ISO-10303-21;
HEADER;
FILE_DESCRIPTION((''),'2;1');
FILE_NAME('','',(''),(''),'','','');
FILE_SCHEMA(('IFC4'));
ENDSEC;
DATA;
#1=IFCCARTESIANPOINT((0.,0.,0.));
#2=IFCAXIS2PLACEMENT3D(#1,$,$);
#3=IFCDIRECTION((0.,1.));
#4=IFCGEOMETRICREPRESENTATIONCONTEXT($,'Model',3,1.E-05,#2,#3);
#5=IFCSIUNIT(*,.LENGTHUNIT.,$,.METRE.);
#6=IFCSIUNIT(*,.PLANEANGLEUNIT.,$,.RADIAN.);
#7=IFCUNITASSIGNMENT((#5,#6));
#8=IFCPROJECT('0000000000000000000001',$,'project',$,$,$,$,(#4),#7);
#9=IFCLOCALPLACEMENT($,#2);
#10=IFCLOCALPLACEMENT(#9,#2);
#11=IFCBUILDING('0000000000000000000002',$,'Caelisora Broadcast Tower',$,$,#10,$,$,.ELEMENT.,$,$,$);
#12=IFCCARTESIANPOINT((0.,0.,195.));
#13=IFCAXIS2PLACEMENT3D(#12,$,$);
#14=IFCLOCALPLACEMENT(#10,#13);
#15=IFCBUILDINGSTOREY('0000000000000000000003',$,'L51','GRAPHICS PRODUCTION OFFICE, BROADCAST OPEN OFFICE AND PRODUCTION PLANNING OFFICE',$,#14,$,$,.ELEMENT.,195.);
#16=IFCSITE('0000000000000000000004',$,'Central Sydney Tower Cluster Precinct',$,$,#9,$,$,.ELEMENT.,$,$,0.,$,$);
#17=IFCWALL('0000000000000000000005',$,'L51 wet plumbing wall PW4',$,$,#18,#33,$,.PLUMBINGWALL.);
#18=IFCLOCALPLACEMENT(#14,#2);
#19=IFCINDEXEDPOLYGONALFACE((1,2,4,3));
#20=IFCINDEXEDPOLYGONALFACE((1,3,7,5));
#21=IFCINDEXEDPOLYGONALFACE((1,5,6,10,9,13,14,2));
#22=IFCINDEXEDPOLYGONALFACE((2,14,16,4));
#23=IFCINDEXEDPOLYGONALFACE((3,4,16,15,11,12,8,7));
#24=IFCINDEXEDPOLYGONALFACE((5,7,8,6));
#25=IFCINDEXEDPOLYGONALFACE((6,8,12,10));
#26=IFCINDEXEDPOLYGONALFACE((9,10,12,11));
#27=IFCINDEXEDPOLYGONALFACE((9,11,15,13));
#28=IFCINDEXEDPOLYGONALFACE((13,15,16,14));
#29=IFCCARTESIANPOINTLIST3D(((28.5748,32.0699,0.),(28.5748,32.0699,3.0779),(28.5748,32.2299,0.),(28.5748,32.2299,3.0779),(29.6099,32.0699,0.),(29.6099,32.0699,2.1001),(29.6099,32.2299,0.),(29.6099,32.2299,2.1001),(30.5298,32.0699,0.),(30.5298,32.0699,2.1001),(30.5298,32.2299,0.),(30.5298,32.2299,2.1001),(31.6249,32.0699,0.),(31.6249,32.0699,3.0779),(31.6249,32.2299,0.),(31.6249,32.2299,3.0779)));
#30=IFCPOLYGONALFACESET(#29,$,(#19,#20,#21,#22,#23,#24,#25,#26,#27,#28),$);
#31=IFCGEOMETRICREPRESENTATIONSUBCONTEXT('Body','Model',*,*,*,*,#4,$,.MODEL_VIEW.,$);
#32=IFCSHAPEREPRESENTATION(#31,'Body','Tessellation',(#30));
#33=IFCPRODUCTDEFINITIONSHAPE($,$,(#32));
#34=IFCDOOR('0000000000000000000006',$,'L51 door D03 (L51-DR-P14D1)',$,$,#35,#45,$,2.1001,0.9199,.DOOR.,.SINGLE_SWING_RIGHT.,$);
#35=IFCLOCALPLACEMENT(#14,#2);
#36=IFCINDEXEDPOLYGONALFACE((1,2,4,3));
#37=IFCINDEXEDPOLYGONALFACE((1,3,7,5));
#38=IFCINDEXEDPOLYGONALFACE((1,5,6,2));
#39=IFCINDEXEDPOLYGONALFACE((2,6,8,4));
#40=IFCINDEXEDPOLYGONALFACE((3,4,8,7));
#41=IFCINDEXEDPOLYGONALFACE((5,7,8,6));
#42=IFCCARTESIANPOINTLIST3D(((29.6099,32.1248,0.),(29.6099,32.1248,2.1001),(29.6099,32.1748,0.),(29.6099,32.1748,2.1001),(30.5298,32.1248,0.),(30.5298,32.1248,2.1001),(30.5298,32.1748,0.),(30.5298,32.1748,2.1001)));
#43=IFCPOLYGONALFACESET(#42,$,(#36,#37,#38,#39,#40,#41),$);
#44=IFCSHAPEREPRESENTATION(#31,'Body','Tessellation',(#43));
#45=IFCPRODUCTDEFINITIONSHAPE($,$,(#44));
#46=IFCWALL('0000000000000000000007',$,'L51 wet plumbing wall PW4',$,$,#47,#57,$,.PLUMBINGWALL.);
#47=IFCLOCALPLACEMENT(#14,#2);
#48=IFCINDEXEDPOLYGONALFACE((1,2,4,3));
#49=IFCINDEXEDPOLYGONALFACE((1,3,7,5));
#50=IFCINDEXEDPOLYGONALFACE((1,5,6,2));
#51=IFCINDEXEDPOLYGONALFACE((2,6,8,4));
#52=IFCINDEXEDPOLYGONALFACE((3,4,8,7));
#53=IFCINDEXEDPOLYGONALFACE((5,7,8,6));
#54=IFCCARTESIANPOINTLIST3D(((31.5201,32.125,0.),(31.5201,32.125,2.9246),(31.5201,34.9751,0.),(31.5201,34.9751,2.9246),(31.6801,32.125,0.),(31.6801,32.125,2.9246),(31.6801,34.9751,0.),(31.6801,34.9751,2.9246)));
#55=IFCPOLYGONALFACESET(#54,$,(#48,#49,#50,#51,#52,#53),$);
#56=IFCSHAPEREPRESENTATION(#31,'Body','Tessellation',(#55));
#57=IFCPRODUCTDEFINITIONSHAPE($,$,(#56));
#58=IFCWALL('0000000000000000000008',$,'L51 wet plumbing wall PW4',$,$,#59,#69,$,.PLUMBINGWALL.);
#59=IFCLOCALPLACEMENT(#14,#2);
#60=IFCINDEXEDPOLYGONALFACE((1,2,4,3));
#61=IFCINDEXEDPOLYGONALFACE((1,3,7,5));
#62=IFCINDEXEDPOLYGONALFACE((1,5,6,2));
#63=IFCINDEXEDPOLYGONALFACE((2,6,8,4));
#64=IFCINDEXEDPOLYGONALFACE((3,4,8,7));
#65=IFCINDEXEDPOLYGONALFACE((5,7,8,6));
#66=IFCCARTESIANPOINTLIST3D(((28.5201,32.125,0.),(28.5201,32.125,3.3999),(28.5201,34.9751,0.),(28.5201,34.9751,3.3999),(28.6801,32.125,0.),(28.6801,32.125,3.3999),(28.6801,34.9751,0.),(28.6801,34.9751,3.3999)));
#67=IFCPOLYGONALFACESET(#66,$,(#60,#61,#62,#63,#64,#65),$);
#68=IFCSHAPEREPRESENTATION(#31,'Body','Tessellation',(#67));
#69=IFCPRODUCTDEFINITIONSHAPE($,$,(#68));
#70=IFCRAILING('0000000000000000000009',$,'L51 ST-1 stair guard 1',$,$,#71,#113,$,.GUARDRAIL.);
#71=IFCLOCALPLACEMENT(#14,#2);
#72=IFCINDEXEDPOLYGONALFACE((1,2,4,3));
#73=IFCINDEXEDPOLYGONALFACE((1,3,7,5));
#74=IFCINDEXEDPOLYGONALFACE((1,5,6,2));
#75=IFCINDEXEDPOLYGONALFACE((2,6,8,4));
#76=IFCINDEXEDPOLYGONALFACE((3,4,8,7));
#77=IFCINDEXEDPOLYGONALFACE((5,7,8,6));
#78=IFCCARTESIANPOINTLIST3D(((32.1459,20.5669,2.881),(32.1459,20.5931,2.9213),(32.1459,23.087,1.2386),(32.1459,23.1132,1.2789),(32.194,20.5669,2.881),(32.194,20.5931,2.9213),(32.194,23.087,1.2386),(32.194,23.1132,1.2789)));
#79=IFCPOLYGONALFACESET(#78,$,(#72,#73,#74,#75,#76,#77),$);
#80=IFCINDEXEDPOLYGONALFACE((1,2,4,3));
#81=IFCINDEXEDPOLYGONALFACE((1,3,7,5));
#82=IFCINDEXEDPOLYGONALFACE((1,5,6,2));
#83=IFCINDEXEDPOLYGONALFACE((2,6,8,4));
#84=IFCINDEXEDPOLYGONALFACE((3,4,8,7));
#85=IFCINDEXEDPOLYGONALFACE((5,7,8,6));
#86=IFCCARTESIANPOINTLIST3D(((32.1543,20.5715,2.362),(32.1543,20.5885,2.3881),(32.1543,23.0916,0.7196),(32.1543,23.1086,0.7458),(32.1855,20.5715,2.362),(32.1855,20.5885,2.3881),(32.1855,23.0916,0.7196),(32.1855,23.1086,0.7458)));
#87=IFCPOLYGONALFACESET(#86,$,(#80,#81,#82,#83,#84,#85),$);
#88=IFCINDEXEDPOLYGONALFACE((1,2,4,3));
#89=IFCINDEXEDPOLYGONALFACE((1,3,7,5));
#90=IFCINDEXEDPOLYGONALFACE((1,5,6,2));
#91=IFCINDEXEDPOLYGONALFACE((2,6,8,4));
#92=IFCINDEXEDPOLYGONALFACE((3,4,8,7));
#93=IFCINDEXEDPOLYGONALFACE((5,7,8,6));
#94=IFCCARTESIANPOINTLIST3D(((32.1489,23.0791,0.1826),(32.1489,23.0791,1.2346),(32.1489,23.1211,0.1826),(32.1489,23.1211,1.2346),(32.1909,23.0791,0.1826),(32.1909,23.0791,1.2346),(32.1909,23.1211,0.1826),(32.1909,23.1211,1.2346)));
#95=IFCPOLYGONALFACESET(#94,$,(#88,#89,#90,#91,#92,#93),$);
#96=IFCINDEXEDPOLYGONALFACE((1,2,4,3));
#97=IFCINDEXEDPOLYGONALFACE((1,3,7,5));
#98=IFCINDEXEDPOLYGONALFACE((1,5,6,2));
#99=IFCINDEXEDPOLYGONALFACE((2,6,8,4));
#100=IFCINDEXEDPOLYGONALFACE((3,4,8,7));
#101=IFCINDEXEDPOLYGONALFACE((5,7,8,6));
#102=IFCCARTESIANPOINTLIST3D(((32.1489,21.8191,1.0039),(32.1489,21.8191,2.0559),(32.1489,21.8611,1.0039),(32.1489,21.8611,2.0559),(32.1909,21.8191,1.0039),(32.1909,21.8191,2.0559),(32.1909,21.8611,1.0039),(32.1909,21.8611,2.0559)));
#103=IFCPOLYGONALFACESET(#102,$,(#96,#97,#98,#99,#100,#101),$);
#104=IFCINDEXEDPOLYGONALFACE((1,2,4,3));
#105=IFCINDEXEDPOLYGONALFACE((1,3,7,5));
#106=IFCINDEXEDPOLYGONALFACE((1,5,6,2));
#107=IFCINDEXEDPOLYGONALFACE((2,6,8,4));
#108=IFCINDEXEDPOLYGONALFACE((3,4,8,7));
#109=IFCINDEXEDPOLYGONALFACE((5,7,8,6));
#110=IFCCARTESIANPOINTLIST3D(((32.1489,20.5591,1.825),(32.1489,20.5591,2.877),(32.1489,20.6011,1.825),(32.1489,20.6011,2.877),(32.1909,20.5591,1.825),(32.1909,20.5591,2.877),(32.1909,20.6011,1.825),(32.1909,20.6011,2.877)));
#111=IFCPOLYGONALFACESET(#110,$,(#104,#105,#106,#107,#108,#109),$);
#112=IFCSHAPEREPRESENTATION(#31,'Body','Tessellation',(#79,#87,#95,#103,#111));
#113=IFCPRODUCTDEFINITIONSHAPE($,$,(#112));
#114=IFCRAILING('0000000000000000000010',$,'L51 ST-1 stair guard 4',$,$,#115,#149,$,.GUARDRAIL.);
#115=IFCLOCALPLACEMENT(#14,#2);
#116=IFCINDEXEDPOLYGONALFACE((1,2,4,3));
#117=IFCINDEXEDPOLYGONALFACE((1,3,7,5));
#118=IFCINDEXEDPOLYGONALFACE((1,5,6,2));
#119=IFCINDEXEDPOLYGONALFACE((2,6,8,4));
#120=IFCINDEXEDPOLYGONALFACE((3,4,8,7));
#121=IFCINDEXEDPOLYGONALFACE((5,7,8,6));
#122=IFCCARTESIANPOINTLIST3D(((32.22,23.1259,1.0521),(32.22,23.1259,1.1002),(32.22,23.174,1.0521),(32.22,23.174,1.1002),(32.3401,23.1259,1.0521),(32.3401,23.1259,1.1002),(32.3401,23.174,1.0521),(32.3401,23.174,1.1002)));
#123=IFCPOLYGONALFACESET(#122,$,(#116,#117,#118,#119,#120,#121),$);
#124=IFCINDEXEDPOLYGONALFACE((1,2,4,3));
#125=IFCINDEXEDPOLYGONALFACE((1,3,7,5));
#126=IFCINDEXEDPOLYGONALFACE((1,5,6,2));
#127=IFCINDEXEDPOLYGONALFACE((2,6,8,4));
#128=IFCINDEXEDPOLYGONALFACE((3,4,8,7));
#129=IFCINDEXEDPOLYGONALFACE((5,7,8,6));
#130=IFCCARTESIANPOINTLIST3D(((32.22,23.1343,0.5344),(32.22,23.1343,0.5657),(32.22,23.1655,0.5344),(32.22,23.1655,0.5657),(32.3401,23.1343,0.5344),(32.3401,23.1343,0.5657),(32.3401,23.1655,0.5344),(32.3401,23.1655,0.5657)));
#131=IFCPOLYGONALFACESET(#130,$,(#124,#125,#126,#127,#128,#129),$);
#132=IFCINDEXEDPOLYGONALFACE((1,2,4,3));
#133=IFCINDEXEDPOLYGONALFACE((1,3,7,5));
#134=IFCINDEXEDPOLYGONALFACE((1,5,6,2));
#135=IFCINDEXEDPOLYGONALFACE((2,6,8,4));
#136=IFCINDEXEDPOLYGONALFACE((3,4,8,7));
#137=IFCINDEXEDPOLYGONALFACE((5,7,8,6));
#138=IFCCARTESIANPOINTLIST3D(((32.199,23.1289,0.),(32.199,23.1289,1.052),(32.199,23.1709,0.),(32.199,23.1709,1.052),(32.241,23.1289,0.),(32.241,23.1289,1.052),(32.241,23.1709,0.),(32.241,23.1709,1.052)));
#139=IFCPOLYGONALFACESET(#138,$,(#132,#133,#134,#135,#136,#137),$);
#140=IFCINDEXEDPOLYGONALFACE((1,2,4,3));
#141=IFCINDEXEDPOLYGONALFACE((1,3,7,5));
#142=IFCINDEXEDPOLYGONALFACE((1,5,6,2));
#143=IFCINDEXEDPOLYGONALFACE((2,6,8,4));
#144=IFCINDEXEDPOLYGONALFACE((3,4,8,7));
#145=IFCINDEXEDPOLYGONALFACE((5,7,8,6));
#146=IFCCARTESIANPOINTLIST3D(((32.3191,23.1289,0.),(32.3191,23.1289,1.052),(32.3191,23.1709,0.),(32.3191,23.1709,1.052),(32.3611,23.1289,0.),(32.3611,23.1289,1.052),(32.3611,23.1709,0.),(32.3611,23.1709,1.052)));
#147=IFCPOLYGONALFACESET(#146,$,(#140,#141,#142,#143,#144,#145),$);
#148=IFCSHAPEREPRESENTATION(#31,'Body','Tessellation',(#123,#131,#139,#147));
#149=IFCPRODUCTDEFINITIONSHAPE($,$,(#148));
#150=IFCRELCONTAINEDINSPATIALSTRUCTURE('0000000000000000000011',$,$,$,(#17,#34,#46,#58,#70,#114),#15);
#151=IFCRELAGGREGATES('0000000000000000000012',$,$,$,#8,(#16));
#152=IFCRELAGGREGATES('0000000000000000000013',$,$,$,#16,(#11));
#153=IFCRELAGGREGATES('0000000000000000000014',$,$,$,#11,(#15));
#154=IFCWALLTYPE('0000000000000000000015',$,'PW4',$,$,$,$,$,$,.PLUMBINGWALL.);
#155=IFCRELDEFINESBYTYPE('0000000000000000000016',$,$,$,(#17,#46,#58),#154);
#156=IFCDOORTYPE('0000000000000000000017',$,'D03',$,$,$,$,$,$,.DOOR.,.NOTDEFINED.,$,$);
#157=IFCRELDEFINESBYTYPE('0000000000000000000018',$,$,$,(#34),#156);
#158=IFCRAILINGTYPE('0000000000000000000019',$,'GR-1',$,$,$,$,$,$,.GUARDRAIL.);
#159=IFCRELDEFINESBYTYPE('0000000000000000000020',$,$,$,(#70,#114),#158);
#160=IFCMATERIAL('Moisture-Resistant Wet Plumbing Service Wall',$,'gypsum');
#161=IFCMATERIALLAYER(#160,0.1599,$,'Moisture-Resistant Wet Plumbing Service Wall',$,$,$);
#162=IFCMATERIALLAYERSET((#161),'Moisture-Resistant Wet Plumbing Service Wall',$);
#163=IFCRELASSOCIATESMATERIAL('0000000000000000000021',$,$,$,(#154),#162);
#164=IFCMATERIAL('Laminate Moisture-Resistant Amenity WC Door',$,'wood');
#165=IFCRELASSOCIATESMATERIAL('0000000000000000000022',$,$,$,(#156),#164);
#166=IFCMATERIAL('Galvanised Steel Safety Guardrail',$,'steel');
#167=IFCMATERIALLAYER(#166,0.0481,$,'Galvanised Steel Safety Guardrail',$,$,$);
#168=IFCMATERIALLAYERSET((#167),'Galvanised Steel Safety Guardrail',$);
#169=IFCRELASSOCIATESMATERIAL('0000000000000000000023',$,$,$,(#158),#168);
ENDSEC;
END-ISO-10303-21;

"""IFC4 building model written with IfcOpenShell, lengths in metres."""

from ifc_helpers import new_model, si_unit, direction, frame, frame_2d, origin, origin_2d, place, context, subcontext, project, spatial, rectangle, extrude, material, layer, layer_set, type_object, element, fill, save


model = new_model("IFC4")

# Units and contexts
model_context = context("Model", 3, precision=1e-05, world=origin(), true_north=direction((0.0, 1.0)))
body_context = subcontext(model_context, "Body", "Model", "MODEL_VIEW")
ifc_project = project(units=[si_unit("LENGTHUNIT", "METRE"), si_unit("PLANEANGLEUNIT", "RADIAN")], contexts=[model_context])

# Site, building, storey
site_placement = place(None, origin())
site = spatial("IfcSite", under=ifc_project, at=site_placement, Name="Central Sydney Tower Cluster Precinct", CompositionType="ELEMENT", RefElevation=0.0)
building_placement = place(site_placement, origin())
building = spatial("IfcBuilding", under=site, at=building_placement, Name="Caelisora Broadcast Tower", CompositionType="ELEMENT")
storey_placement = place(building_placement, frame((0.0, 0.0, 195.0)))
storey = spatial("IfcBuildingStorey", under=building, at=storey_placement, Name="L51", Description="GRAPHICS PRODUCTION OFFICE, BROADCAST OPEN OFFICE AND PRODUCTION PLANNING OFFICE", CompositionType="ELEMENT", Elevation=195.0)

# Wall, opening, door
ifc_material_1 = material(Name="Moisture-Resistant Wet Plumbing Service Wall", Category="gypsum")
ifc_layer_1 = layer(ifc_material_1, 0.1599, Name="Moisture-Resistant Wet Plumbing Service Wall")
ifc_layer_set_1 = layer_set([ifc_layer_1], Name="Moisture-Resistant Wet Plumbing Service Wall")
wall_type_1 = type_object("IfcWallType", Name="PW4", PredefinedType="PLUMBINGWALL", material=ifc_layer_set_1)
wall_1_placement = place(storey_placement, frame((28.575, 32.1499, 0.0), z_axis=(0.0, 0.0, 1.0), x_axis=(1.0, 0.0, 0.0)))
wall_1 = element("IfcWall", 1, at=wall_1_placement, inside=storey, type_object=wall_type_1, Name="L51 wet plumbing wall PW4", PredefinedType="PLUMBINGWALL", context=body_context, shape_type="SweptSolid", body=[
    extrude(rectangle(XDim=3.05, YDim=0.1599, at=frame_2d((1.5249, 0.0))), origin(), (0.0, 0.0, 1.0), 3.0779),
])
opening_1_placement = place(wall_1_placement, frame((1.0349, 0.0, 0.0)))
opening_1 = element("IfcOpeningElement", 2, at=opening_1_placement, cuts=wall_1, PredefinedType="OPENING", context=body_context, shape_type="SweptSolid", body=[
    extrude(rectangle(XDim=0.9199, YDim=2.1001, at=frame_2d((0.46, 1.05))), frame((0.0, 0.092, 0.0), z_axis=(0.0, -1.0, 0.0), x_axis=(1.0, 0.0, 0.0)), (0.0, 0.0, 1.0), 0.1838),
])
ifc_material_2 = material(Name="Laminate Moisture-Resistant Amenity WC Door", Category="wood")
door_type_1 = type_object("IfcDoorType", Name="D03", OperationType="NOTDEFINED", PredefinedType="DOOR", material=ifc_material_2)
door_1_placement = place(opening_1_placement, origin())
door_1 = element("IfcDoor", 3, at=door_1_placement, inside=storey, type_object=door_type_1, Name="L51 door D03 (L51-DR-P14D1)", OperationType="SINGLE_SWING_RIGHT", OverallHeight=2.1001, OverallWidth=0.9199, PredefinedType="DOOR", context=body_context, shape_type="SweptSolid", body=[
    extrude(rectangle(XDim=0.9199, YDim=2.1001, at=frame_2d((0.46, 1.05))), frame((0.0, 0.0249, 0.0), z_axis=(0.0, -1.0, 0.0), x_axis=(1.0, 0.0, 0.0)), (0.0, 0.0, 1.0), 0.05),
])
fill(opening_1, door_1)

# Walls
wall_2_placement = place(storey_placement, frame((31.6001, 32.125, 0.0), z_axis=(0.0, 0.0, 1.0), x_axis=(0.0, 1.0, 0.0)))
element("IfcWall", 4, at=wall_2_placement, inside=storey, type_object=wall_type_1, Name="L51 wet plumbing wall PW4", PredefinedType="PLUMBINGWALL", context=body_context, shape_type="SweptSolid", body=[
    extrude(rectangle(XDim=2.8501, YDim=0.1599, at=frame_2d((1.425, 0.0))), origin(), (0.0, 0.0, 1.0), 2.9246),
])
wall_3_placement = place(storey_placement, frame((28.6001, 32.125, 0.0), z_axis=(0.0, 0.0, 1.0), x_axis=(0.0, 1.0, 0.0)))
element("IfcWall", 5, at=wall_3_placement, inside=storey, type_object=wall_type_1, Name="L51 wet plumbing wall PW4", PredefinedType="PLUMBINGWALL", context=body_context, shape_type="SweptSolid", body=[
    extrude(rectangle(XDim=2.8501, YDim=0.1599, at=frame_2d((1.425, 0.0))), origin(), (0.0, 0.0, 1.0), 3.3999),
])

# Railings
ifc_material_3 = material(Name="Galvanised Steel Safety Guardrail", Category="steel")
ifc_layer_2 = layer(ifc_material_3, 0.0481, Name="Galvanised Steel Safety Guardrail")
ifc_layer_set_2 = layer_set([ifc_layer_2], Name="Galvanised Steel Safety Guardrail")
railing_type = type_object("IfcRailingType", Name="GR-1", PredefinedType="GUARDRAIL", material=ifc_layer_set_2)
railing_1_placement = place(storey_placement, frame((32.1699, 23.1001, 0.1826)))
element("IfcRailing", 6, at=railing_1_placement, inside=storey, type_object=railing_type, Name="L51 ST-1 stair guard 1", PredefinedType="GUARDRAIL", context=body_context, shape_type="SweptSolid", body=[
    extrude(rectangle(XDim=0.0481, YDim=0.0481, at=origin_2d()), frame((0.0, 0.0, 1.0762), z_axis=(0.0, -0.837787, 0.545998), x_axis=(1.0, 0.0, 0.0)), (0.0, 0.0, 1.0), 3.0081),
    extrude(rectangle(XDim=0.0312, YDim=0.0312, at=origin_2d()), frame((0.0, 0.0, 0.55), z_axis=(0.0, -0.837787, 0.545998), x_axis=(1.0, 0.0, 0.0)), (0.0, 0.0, 1.0), 3.0081),
    extrude(rectangle(XDim=0.042, YDim=0.042, at=origin_2d()), origin(), (0.0, 0.0, 1.0), 1.052),
    extrude(rectangle(XDim=0.042, YDim=0.042, at=origin_2d()), frame((0.0, -1.26, 0.8213)), (0.0, 0.0, 1.0), 1.052),
    extrude(rectangle(XDim=0.042, YDim=0.042, at=origin_2d()), frame((0.0, -2.52, 1.6423)), (0.0, 0.0, 1.0), 1.052),
])
railing_2_placement = place(storey_placement, frame((32.22, 23.1499, 0.0)))
element("IfcRailing", 7, at=railing_2_placement, inside=storey, type_object=railing_type, Name="L51 ST-1 stair guard 4", PredefinedType="GUARDRAIL", context=body_context, shape_type="SweptSolid", body=[
    extrude(rectangle(XDim=0.0481, YDim=0.0481, at=origin_2d()), frame((0.0, 0.0, 1.0762), z_axis=(1.0, 0.0, 0.0), x_axis=(0.0, 1.0, 0.0)), (0.0, 0.0, 1.0), 0.1201),
    extrude(rectangle(XDim=0.0312, YDim=0.0312, at=origin_2d()), frame((0.0, 0.0, 0.55), z_axis=(1.0, 0.0, 0.0), x_axis=(0.0, 1.0, 0.0)), (0.0, 0.0, 1.0), 0.1201),
    extrude(rectangle(XDim=0.042, YDim=0.042, at=origin_2d()), origin(), (0.0, 0.0, 1.0), 1.052),
    extrude(rectangle(XDim=0.042, YDim=0.042, at=origin_2d()), frame((0.1201, 0.0, 0.0)), (0.0, 0.0, 1.0), 1.052),
])

save(model, "model.ifc")
